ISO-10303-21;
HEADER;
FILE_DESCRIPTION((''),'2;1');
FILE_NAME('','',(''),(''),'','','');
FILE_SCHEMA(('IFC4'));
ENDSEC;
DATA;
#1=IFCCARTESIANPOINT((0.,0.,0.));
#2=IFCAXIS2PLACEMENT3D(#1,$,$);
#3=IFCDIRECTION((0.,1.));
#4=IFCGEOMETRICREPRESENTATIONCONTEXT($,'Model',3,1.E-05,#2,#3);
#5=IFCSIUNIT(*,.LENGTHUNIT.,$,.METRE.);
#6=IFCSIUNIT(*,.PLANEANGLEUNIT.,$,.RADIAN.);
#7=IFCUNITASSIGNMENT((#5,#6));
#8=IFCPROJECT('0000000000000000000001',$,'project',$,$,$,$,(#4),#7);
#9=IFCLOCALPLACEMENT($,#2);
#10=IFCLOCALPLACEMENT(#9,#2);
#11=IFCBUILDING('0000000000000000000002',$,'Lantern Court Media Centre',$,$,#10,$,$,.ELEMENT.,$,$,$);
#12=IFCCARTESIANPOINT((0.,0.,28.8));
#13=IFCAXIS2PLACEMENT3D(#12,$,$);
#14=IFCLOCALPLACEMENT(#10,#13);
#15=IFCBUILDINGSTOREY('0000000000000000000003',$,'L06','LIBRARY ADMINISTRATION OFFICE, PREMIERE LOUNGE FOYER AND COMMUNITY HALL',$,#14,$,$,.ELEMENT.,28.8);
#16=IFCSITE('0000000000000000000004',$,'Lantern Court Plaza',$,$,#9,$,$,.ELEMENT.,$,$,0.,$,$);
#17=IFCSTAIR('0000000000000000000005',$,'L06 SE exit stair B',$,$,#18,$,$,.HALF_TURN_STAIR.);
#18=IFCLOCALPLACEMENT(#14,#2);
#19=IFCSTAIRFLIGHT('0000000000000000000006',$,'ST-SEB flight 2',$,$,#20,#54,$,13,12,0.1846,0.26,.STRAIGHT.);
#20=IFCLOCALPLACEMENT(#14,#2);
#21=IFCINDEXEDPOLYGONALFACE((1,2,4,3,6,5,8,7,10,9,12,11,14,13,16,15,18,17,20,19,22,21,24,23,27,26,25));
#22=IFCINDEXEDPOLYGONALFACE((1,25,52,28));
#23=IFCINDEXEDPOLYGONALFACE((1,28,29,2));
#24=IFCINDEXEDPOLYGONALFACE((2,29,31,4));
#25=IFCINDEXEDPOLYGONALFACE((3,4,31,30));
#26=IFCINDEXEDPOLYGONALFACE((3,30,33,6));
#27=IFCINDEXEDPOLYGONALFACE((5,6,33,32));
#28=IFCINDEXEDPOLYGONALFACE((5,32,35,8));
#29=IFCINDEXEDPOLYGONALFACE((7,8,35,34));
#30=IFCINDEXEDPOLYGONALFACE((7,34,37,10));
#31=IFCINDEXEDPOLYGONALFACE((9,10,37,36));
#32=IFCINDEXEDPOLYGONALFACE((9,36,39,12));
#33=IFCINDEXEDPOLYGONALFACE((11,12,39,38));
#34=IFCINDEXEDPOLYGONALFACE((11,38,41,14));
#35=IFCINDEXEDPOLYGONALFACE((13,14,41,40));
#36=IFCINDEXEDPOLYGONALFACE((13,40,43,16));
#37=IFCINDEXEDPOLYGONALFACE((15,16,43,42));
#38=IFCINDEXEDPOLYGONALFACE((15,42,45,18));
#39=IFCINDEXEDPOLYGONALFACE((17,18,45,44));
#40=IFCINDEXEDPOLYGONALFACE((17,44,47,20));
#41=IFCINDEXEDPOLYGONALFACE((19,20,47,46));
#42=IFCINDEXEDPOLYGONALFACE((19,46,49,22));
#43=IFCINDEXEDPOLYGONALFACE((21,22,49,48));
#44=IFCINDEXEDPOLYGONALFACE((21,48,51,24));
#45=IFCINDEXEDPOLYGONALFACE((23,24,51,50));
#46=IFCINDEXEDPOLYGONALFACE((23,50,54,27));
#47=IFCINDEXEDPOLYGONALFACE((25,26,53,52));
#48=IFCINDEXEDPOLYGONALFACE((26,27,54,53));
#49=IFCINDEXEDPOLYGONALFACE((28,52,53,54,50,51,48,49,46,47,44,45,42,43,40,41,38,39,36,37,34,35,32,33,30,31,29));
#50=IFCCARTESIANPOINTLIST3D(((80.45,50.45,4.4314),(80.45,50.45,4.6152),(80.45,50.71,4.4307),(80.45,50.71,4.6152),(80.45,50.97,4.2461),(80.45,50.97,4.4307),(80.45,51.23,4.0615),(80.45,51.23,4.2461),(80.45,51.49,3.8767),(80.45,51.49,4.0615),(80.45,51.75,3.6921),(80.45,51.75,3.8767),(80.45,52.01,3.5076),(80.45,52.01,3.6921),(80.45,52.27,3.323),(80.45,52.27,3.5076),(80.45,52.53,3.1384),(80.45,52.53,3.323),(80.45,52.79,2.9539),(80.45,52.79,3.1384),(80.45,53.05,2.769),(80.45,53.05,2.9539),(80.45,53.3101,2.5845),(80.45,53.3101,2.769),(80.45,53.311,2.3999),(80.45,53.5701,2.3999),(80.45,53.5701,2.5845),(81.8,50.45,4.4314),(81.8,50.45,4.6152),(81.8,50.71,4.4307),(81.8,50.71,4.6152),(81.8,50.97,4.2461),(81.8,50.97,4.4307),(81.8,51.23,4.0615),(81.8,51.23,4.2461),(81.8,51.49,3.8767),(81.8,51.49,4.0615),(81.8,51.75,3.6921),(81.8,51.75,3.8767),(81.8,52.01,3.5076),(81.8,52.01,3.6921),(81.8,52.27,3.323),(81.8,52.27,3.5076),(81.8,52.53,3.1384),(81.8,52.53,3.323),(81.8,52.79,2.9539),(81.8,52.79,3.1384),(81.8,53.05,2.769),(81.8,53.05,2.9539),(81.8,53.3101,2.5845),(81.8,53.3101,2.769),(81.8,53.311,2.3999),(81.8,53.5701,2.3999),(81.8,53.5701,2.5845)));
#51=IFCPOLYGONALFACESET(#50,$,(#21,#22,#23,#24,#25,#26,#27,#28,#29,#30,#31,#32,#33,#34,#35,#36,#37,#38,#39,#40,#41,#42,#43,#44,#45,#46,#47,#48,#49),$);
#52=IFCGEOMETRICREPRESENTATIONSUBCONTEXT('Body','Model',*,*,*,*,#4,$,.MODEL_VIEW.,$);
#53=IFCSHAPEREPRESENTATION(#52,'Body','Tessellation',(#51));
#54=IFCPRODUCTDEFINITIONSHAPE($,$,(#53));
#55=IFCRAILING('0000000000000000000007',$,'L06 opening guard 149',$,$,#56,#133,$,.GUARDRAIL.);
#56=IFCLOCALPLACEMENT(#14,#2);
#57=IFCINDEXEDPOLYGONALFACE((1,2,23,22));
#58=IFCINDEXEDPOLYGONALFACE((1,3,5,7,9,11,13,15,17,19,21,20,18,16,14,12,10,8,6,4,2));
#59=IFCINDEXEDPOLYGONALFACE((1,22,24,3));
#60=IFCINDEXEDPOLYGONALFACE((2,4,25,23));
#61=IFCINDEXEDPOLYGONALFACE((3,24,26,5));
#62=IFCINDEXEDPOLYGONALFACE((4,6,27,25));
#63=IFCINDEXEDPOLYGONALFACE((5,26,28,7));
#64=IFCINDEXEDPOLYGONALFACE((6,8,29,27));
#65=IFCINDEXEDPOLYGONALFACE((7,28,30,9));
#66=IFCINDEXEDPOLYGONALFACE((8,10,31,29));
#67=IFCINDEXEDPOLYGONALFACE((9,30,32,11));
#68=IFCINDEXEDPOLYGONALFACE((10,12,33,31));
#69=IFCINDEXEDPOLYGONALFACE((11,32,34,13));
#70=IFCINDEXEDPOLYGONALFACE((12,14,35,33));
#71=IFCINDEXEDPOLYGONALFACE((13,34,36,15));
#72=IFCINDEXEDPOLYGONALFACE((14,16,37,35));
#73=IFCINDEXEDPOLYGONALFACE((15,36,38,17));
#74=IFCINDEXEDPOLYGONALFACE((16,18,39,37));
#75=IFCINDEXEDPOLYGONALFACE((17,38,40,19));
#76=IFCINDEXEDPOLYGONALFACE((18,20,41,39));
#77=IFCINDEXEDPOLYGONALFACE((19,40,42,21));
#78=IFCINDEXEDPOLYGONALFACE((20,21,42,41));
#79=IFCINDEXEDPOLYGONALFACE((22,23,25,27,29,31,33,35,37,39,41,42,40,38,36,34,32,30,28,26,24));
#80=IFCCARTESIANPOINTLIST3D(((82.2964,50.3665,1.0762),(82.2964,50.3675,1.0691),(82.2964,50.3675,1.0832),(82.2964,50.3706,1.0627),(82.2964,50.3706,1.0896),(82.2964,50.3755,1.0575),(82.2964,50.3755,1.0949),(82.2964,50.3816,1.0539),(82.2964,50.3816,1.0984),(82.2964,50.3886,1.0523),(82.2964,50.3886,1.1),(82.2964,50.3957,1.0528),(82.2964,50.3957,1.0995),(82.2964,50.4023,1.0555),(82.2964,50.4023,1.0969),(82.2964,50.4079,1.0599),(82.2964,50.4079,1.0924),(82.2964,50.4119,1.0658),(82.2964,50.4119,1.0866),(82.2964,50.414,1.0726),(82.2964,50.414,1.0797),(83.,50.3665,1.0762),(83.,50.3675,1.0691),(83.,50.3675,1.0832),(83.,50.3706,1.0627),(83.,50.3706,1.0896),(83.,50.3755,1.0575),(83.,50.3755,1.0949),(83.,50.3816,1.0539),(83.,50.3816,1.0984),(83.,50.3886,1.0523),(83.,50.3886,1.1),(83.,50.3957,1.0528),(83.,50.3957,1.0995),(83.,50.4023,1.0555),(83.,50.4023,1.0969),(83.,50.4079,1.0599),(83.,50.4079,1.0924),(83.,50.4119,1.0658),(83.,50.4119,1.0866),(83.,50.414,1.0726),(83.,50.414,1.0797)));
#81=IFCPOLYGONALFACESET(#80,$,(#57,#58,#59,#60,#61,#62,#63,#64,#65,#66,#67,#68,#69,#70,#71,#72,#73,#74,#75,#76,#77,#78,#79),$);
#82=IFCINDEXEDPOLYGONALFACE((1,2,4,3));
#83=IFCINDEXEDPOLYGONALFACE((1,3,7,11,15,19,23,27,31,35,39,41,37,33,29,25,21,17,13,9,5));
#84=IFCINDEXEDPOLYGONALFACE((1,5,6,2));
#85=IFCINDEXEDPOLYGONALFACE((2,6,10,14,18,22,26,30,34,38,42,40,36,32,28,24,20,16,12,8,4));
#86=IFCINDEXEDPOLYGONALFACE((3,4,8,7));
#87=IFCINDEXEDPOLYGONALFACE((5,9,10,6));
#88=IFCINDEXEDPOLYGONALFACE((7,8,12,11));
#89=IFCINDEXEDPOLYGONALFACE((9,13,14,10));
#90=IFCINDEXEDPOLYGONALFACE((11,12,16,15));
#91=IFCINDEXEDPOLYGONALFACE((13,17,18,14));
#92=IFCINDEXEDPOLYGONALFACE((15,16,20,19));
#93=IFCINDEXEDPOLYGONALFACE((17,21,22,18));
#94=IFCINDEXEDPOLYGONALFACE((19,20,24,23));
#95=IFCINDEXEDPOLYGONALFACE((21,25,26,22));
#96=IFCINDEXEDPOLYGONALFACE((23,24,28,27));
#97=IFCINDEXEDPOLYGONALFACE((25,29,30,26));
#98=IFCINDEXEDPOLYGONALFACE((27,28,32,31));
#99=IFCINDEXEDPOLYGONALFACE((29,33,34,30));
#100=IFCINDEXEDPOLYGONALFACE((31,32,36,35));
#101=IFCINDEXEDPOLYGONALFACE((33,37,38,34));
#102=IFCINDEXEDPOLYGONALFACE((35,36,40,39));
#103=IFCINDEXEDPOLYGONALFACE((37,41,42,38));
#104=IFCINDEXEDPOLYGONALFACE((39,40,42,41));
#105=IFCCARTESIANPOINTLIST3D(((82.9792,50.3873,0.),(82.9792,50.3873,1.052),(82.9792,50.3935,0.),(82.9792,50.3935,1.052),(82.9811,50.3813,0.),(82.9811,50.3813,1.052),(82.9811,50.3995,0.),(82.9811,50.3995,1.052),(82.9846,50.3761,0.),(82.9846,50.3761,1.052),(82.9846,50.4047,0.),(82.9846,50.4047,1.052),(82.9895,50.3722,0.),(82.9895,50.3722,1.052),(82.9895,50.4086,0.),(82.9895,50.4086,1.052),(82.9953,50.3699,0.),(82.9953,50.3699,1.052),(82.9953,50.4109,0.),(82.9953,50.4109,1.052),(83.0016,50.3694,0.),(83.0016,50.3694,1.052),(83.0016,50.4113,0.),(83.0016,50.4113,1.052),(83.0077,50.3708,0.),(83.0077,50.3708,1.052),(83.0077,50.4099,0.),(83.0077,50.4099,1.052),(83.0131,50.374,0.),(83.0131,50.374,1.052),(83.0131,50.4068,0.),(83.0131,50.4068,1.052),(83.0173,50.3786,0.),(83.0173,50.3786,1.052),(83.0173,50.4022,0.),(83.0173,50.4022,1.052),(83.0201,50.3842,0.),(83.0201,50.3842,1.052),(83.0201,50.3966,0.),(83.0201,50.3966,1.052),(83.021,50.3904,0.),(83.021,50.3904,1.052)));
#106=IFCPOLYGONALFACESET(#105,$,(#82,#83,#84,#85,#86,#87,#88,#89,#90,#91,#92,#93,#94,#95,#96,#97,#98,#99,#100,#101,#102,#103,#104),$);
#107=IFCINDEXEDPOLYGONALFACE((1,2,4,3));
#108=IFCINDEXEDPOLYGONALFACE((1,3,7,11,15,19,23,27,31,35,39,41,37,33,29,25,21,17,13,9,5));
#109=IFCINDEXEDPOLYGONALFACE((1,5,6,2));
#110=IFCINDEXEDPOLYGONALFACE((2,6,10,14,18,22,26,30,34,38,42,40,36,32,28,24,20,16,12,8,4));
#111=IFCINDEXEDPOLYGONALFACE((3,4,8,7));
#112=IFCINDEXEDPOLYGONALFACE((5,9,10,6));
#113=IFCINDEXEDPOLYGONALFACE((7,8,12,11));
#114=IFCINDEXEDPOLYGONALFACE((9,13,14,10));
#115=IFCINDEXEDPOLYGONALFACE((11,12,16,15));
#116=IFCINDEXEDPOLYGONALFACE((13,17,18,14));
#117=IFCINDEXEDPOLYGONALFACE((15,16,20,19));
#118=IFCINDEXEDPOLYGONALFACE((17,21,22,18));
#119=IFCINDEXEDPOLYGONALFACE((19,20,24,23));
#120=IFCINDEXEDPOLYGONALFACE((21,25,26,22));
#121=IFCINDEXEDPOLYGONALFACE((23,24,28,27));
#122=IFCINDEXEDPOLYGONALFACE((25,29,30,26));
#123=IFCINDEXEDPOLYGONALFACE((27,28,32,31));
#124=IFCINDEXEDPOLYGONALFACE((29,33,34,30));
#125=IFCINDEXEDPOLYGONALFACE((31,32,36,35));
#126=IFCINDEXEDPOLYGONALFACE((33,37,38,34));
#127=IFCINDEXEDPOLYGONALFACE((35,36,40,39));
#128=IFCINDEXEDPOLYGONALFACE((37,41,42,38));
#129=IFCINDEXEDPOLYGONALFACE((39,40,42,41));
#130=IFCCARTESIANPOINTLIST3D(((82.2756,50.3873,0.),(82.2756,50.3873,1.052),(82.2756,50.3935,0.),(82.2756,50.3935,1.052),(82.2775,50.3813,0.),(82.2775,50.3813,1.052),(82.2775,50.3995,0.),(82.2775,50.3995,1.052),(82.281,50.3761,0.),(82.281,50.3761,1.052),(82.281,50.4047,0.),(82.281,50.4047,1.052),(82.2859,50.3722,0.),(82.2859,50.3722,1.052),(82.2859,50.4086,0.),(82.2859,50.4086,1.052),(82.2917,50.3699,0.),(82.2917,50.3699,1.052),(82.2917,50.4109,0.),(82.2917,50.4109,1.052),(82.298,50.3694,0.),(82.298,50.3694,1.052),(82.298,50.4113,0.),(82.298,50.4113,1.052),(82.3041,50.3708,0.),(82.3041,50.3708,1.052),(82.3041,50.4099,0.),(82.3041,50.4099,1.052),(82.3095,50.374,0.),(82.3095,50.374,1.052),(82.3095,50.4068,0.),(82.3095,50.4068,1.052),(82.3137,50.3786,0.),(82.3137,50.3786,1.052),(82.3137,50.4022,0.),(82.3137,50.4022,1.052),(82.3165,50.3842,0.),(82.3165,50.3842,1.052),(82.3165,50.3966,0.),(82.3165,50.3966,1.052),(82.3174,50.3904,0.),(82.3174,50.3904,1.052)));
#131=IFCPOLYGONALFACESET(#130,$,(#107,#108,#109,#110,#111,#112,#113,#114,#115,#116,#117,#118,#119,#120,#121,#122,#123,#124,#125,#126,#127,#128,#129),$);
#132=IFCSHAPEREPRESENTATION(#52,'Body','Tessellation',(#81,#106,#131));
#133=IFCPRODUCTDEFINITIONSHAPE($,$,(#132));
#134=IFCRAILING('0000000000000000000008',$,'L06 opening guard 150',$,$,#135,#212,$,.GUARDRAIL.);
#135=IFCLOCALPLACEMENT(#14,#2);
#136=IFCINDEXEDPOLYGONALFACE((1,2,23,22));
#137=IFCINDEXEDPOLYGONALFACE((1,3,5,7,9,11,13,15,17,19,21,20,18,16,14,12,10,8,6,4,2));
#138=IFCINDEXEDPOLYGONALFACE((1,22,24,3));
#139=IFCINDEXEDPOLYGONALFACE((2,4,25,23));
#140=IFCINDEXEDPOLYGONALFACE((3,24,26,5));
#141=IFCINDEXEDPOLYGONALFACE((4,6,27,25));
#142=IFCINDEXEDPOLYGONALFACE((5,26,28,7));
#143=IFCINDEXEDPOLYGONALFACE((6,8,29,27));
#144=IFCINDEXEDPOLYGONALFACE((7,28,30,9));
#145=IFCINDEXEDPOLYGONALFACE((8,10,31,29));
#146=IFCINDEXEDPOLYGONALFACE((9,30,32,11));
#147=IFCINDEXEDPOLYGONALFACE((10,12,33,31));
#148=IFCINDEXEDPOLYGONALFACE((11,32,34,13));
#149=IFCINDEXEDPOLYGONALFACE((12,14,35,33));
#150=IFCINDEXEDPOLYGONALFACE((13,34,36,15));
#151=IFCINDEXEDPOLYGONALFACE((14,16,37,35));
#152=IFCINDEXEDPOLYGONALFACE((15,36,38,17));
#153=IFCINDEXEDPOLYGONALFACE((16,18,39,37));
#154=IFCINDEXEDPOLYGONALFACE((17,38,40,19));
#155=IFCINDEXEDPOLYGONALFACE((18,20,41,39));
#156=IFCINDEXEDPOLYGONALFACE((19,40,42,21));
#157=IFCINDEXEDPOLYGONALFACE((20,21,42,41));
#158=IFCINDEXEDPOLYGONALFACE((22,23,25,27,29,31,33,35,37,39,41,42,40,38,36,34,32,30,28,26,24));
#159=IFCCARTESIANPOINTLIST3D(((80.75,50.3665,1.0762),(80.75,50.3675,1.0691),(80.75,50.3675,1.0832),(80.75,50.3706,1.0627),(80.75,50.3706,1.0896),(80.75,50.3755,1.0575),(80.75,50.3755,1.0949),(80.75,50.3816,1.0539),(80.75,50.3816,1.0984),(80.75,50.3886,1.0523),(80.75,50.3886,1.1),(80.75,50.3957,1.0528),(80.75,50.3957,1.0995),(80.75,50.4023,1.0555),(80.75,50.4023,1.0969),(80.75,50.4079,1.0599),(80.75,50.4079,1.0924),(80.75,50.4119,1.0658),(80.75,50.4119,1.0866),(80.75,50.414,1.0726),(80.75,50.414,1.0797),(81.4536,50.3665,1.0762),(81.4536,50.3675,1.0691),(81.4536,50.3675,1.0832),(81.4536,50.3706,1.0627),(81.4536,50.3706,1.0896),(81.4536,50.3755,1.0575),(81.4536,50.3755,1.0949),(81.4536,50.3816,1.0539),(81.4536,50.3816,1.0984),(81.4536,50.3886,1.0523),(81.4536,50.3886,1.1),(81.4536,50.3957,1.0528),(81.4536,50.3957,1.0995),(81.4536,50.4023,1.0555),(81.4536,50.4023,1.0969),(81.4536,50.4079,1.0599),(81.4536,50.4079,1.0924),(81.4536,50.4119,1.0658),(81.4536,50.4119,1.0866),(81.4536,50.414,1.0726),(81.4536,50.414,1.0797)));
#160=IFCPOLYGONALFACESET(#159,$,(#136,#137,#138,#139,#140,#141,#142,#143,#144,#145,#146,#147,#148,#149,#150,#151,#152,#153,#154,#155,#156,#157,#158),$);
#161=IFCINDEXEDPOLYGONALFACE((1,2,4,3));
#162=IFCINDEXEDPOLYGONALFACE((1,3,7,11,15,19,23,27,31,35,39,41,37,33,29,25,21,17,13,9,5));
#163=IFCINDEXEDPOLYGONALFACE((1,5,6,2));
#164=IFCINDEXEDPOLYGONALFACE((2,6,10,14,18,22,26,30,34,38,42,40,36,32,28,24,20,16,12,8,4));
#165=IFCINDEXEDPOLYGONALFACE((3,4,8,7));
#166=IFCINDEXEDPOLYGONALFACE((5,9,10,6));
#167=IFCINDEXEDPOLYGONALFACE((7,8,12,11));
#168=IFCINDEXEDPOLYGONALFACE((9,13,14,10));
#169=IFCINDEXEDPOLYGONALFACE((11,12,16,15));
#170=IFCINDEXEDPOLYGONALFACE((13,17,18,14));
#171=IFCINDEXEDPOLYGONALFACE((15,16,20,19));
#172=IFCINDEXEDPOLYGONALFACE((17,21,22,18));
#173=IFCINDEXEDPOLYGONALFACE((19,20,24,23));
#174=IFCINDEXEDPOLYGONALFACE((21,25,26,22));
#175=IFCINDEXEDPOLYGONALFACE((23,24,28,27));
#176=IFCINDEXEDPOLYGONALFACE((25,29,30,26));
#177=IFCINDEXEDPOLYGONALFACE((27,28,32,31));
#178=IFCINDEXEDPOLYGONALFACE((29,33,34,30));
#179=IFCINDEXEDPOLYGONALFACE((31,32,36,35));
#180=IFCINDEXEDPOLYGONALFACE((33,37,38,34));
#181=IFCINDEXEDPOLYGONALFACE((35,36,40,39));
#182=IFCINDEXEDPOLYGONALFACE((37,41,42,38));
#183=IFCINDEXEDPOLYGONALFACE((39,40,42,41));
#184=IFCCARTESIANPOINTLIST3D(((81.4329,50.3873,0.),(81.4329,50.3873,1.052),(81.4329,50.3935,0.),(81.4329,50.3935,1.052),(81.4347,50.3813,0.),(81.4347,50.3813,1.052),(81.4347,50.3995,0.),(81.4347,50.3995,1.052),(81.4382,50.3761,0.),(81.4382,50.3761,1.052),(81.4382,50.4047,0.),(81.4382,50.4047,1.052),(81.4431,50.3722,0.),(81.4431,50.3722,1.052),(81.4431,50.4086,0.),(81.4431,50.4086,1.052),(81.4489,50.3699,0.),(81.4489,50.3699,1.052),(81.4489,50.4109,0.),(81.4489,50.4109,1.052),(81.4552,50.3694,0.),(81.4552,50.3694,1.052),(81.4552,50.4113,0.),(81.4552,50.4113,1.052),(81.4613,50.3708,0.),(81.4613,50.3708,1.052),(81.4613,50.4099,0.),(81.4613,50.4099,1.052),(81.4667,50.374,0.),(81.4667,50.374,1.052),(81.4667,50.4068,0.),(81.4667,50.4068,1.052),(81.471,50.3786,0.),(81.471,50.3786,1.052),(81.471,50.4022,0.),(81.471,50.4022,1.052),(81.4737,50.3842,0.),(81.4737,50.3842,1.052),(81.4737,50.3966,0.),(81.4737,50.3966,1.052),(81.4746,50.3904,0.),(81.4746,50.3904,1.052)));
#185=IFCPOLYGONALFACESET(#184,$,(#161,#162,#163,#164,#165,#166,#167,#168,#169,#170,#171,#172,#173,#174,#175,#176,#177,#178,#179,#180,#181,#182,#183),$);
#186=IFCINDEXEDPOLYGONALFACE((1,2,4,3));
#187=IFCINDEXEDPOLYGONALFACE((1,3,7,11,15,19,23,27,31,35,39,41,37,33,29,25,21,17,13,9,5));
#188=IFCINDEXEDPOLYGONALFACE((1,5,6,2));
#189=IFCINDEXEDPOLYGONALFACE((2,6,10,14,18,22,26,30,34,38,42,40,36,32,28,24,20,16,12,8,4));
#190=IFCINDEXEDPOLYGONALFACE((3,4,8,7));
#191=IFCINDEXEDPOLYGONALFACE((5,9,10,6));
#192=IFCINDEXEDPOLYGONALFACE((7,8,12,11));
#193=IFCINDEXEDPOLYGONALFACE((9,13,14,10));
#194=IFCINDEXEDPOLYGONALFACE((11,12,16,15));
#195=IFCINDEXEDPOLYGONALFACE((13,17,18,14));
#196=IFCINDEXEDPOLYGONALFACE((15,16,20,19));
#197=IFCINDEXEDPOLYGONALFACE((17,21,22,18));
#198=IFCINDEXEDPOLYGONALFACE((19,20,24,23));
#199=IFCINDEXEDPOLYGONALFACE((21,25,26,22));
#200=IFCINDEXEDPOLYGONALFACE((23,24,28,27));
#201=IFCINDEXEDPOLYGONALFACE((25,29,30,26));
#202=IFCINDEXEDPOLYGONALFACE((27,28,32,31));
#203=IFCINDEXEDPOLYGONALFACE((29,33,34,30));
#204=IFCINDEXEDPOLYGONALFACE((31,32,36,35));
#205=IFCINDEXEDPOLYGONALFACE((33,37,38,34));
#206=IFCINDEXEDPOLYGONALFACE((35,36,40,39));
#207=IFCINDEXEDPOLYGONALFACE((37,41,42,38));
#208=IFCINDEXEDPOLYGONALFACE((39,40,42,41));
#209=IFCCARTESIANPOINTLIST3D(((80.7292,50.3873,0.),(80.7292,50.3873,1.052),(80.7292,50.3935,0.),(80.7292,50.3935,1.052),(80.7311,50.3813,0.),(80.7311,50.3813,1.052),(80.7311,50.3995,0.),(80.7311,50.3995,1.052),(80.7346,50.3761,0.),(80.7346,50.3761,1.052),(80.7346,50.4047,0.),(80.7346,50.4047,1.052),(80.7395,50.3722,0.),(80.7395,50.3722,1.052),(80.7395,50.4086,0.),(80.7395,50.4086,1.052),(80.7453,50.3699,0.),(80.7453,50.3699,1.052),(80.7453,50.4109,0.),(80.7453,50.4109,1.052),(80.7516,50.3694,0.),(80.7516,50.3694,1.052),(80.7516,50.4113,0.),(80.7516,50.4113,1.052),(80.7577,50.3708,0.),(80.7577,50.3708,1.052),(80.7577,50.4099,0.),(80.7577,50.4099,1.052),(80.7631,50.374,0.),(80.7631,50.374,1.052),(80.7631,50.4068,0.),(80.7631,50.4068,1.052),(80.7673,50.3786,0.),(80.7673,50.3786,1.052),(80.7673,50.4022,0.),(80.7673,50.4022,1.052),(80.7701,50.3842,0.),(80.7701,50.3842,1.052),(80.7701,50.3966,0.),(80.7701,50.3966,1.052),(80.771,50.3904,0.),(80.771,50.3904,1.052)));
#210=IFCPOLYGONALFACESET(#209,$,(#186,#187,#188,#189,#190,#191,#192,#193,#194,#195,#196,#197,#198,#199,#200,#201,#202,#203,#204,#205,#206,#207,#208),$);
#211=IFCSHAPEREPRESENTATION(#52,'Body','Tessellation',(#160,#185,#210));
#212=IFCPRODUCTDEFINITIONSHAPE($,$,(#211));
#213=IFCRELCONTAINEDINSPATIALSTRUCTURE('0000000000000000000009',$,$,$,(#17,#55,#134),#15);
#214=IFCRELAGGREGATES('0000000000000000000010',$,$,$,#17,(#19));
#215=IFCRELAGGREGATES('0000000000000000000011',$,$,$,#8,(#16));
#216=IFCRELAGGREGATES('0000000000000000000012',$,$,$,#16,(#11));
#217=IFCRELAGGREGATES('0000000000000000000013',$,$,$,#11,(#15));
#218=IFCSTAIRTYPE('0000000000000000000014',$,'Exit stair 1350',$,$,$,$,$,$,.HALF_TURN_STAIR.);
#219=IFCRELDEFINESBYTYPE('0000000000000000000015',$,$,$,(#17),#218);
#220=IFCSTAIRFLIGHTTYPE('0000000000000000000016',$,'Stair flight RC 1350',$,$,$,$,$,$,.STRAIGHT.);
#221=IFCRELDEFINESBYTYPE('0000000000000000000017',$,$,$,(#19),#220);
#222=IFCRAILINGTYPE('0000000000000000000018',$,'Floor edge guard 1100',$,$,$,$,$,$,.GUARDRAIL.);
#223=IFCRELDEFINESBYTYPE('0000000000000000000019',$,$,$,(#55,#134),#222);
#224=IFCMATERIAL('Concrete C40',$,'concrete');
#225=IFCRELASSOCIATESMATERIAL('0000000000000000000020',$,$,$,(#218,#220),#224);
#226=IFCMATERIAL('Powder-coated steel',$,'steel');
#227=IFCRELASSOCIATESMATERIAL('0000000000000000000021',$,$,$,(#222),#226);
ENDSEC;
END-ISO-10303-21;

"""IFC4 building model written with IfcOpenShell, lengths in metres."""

from ifc_helpers import new_model, si_unit, direction, frame, origin, origin_2d, place, context, subcontext, project, spatial, polyline, circle, outline, extrude, material, type_object, element, aggregate, save


model = new_model("IFC4")

# Units and contexts
model_context = context("Model", 3, precision=1e-05, world=origin(), true_north=direction((0.0, 1.0)))
body_context = subcontext(model_context, "Body", "Model", "MODEL_VIEW")
ifc_project = project(units=[si_unit("LENGTHUNIT", "METRE"), si_unit("PLANEANGLEUNIT", "RADIAN")], contexts=[model_context])

# Site, building, storey
site_placement = place(None, origin())
site = spatial("IfcSite", under=ifc_project, at=site_placement, Name="Lantern Court Plaza", CompositionType="ELEMENT", RefElevation=0.0)
building_placement = place(site_placement, origin())
building = spatial("IfcBuilding", under=site, at=building_placement, Name="Lantern Court Media Centre", CompositionType="ELEMENT")
storey_placement = place(building_placement, frame((0.0, 0.0, 28.8)))
storey = spatial("IfcBuildingStorey", under=building, at=storey_placement, Name="L06", Description="LIBRARY ADMINISTRATION OFFICE, PREMIERE LOUNGE FOYER AND COMMUNITY HALL", CompositionType="ELEMENT", Elevation=28.8)

# Shared definitions
ifc_material_1 = material(Name="Concrete C40", Category="concrete")

# Stair, stair flight
stair_type = type_object("IfcStairType", Name="Exit stair 1350", PredefinedType="HALF_TURN_STAIR", material=ifc_material_1)
stair_placement = place(storey_placement, origin())
stair = element("IfcStair", 1, at=stair_placement, inside=storey, type_object=stair_type, Name="L06 SE exit stair B", PredefinedType="HALF_TURN_STAIR")
stair_flight_type = type_object("IfcStairFlightType", Name="Stair flight RC 1350", PredefinedType="STRAIGHT", material=ifc_material_1)
stair_flight_1_placement = place(storey_placement, frame((81.125, 53.5701, 2.3999), z_axis=(0.0, 0.0, 1.0), x_axis=(0.0, -1.0, 0.0)))
stair_flight_1 = element("IfcStairFlight", 2, at=stair_flight_1_placement, type_object=stair_flight_type, Name="ST-SEB flight 2", NumberOfRisers=13, NumberOfTreads=12, PredefinedType="STRAIGHT", RiserHeight=0.1846, TreadLength=0.26, context=body_context, shape_type="SweptSolid", body=[
    extrude(outline(polyline([(0.0, 0.0), (0.0, 0.1846), (0.26, 0.1846), (0.26, 0.3691), (0.52, 0.3691), (0.52, 0.554), (0.78, 0.554), (0.78, 0.7385), (1.04, 0.7385), (1.04, 0.9231), (1.3, 0.9231), (1.3, 1.1077), (1.5601, 1.1077), (1.5601, 1.2922), (1.8201, 1.2922), (1.8201, 1.4768), (2.0801, 1.4768), (2.0801, 1.6616), (2.3401, 1.6616), (2.3401, 1.8462), (2.6001, 1.8462), (2.6001, 2.0308), (2.8601, 2.0308), (2.8601, 2.2153), (3.1201, 2.2153), (3.1201, 2.3999), (3.1201, 2.0315), (0.259, 0.0), (0.0, 0.0)])), frame((0.0, 0.675, 0.0), z_axis=(0.0, -1.0, 0.0), x_axis=(1.0, 0.0, 0.0)), (0.0, 0.0, 1.0), 1.3501),
])
aggregate(stair, [stair_flight_1])

# Railings
ifc_material_2 = material(Name="Powder-coated steel", Category="steel")
railing_type_1 = type_object("IfcRailingType", Name="Floor edge guard 1100", PredefinedType="GUARDRAIL", material=ifc_material_2)
for number, where, name in (
    (3, (83.0, 50.3904, 0.0), "L06 opening guard 149"),
    (4, (81.4536, 50.3904, 0.0), "L06 opening guard 150"),
):
    element("IfcRailing", number, at=place(storey_placement, frame(where)), inside=storey, type_object=railing_type_1, Name=name, PredefinedType="GUARDRAIL", context=body_context, shape_type="SweptSolid", body=[
        extrude(circle(Radius=0.0239, at=origin_2d()), frame((0.0, 0.0, 1.0762), z_axis=(-1.0, 0.0, 0.0), x_axis=(0.0, -1.0, 0.0)), (0.0, 0.0, 1.0), 0.7036),
        extrude(circle(Radius=0.021, at=origin_2d()), origin(), (0.0, 0.0, 1.0), 1.052),
        extrude(circle(Radius=0.021, at=origin_2d()), frame((-0.7036, 0.0, 0.0)), (0.0, 0.0, 1.0), 1.052),
    ])

save(model, "model.ifc")
